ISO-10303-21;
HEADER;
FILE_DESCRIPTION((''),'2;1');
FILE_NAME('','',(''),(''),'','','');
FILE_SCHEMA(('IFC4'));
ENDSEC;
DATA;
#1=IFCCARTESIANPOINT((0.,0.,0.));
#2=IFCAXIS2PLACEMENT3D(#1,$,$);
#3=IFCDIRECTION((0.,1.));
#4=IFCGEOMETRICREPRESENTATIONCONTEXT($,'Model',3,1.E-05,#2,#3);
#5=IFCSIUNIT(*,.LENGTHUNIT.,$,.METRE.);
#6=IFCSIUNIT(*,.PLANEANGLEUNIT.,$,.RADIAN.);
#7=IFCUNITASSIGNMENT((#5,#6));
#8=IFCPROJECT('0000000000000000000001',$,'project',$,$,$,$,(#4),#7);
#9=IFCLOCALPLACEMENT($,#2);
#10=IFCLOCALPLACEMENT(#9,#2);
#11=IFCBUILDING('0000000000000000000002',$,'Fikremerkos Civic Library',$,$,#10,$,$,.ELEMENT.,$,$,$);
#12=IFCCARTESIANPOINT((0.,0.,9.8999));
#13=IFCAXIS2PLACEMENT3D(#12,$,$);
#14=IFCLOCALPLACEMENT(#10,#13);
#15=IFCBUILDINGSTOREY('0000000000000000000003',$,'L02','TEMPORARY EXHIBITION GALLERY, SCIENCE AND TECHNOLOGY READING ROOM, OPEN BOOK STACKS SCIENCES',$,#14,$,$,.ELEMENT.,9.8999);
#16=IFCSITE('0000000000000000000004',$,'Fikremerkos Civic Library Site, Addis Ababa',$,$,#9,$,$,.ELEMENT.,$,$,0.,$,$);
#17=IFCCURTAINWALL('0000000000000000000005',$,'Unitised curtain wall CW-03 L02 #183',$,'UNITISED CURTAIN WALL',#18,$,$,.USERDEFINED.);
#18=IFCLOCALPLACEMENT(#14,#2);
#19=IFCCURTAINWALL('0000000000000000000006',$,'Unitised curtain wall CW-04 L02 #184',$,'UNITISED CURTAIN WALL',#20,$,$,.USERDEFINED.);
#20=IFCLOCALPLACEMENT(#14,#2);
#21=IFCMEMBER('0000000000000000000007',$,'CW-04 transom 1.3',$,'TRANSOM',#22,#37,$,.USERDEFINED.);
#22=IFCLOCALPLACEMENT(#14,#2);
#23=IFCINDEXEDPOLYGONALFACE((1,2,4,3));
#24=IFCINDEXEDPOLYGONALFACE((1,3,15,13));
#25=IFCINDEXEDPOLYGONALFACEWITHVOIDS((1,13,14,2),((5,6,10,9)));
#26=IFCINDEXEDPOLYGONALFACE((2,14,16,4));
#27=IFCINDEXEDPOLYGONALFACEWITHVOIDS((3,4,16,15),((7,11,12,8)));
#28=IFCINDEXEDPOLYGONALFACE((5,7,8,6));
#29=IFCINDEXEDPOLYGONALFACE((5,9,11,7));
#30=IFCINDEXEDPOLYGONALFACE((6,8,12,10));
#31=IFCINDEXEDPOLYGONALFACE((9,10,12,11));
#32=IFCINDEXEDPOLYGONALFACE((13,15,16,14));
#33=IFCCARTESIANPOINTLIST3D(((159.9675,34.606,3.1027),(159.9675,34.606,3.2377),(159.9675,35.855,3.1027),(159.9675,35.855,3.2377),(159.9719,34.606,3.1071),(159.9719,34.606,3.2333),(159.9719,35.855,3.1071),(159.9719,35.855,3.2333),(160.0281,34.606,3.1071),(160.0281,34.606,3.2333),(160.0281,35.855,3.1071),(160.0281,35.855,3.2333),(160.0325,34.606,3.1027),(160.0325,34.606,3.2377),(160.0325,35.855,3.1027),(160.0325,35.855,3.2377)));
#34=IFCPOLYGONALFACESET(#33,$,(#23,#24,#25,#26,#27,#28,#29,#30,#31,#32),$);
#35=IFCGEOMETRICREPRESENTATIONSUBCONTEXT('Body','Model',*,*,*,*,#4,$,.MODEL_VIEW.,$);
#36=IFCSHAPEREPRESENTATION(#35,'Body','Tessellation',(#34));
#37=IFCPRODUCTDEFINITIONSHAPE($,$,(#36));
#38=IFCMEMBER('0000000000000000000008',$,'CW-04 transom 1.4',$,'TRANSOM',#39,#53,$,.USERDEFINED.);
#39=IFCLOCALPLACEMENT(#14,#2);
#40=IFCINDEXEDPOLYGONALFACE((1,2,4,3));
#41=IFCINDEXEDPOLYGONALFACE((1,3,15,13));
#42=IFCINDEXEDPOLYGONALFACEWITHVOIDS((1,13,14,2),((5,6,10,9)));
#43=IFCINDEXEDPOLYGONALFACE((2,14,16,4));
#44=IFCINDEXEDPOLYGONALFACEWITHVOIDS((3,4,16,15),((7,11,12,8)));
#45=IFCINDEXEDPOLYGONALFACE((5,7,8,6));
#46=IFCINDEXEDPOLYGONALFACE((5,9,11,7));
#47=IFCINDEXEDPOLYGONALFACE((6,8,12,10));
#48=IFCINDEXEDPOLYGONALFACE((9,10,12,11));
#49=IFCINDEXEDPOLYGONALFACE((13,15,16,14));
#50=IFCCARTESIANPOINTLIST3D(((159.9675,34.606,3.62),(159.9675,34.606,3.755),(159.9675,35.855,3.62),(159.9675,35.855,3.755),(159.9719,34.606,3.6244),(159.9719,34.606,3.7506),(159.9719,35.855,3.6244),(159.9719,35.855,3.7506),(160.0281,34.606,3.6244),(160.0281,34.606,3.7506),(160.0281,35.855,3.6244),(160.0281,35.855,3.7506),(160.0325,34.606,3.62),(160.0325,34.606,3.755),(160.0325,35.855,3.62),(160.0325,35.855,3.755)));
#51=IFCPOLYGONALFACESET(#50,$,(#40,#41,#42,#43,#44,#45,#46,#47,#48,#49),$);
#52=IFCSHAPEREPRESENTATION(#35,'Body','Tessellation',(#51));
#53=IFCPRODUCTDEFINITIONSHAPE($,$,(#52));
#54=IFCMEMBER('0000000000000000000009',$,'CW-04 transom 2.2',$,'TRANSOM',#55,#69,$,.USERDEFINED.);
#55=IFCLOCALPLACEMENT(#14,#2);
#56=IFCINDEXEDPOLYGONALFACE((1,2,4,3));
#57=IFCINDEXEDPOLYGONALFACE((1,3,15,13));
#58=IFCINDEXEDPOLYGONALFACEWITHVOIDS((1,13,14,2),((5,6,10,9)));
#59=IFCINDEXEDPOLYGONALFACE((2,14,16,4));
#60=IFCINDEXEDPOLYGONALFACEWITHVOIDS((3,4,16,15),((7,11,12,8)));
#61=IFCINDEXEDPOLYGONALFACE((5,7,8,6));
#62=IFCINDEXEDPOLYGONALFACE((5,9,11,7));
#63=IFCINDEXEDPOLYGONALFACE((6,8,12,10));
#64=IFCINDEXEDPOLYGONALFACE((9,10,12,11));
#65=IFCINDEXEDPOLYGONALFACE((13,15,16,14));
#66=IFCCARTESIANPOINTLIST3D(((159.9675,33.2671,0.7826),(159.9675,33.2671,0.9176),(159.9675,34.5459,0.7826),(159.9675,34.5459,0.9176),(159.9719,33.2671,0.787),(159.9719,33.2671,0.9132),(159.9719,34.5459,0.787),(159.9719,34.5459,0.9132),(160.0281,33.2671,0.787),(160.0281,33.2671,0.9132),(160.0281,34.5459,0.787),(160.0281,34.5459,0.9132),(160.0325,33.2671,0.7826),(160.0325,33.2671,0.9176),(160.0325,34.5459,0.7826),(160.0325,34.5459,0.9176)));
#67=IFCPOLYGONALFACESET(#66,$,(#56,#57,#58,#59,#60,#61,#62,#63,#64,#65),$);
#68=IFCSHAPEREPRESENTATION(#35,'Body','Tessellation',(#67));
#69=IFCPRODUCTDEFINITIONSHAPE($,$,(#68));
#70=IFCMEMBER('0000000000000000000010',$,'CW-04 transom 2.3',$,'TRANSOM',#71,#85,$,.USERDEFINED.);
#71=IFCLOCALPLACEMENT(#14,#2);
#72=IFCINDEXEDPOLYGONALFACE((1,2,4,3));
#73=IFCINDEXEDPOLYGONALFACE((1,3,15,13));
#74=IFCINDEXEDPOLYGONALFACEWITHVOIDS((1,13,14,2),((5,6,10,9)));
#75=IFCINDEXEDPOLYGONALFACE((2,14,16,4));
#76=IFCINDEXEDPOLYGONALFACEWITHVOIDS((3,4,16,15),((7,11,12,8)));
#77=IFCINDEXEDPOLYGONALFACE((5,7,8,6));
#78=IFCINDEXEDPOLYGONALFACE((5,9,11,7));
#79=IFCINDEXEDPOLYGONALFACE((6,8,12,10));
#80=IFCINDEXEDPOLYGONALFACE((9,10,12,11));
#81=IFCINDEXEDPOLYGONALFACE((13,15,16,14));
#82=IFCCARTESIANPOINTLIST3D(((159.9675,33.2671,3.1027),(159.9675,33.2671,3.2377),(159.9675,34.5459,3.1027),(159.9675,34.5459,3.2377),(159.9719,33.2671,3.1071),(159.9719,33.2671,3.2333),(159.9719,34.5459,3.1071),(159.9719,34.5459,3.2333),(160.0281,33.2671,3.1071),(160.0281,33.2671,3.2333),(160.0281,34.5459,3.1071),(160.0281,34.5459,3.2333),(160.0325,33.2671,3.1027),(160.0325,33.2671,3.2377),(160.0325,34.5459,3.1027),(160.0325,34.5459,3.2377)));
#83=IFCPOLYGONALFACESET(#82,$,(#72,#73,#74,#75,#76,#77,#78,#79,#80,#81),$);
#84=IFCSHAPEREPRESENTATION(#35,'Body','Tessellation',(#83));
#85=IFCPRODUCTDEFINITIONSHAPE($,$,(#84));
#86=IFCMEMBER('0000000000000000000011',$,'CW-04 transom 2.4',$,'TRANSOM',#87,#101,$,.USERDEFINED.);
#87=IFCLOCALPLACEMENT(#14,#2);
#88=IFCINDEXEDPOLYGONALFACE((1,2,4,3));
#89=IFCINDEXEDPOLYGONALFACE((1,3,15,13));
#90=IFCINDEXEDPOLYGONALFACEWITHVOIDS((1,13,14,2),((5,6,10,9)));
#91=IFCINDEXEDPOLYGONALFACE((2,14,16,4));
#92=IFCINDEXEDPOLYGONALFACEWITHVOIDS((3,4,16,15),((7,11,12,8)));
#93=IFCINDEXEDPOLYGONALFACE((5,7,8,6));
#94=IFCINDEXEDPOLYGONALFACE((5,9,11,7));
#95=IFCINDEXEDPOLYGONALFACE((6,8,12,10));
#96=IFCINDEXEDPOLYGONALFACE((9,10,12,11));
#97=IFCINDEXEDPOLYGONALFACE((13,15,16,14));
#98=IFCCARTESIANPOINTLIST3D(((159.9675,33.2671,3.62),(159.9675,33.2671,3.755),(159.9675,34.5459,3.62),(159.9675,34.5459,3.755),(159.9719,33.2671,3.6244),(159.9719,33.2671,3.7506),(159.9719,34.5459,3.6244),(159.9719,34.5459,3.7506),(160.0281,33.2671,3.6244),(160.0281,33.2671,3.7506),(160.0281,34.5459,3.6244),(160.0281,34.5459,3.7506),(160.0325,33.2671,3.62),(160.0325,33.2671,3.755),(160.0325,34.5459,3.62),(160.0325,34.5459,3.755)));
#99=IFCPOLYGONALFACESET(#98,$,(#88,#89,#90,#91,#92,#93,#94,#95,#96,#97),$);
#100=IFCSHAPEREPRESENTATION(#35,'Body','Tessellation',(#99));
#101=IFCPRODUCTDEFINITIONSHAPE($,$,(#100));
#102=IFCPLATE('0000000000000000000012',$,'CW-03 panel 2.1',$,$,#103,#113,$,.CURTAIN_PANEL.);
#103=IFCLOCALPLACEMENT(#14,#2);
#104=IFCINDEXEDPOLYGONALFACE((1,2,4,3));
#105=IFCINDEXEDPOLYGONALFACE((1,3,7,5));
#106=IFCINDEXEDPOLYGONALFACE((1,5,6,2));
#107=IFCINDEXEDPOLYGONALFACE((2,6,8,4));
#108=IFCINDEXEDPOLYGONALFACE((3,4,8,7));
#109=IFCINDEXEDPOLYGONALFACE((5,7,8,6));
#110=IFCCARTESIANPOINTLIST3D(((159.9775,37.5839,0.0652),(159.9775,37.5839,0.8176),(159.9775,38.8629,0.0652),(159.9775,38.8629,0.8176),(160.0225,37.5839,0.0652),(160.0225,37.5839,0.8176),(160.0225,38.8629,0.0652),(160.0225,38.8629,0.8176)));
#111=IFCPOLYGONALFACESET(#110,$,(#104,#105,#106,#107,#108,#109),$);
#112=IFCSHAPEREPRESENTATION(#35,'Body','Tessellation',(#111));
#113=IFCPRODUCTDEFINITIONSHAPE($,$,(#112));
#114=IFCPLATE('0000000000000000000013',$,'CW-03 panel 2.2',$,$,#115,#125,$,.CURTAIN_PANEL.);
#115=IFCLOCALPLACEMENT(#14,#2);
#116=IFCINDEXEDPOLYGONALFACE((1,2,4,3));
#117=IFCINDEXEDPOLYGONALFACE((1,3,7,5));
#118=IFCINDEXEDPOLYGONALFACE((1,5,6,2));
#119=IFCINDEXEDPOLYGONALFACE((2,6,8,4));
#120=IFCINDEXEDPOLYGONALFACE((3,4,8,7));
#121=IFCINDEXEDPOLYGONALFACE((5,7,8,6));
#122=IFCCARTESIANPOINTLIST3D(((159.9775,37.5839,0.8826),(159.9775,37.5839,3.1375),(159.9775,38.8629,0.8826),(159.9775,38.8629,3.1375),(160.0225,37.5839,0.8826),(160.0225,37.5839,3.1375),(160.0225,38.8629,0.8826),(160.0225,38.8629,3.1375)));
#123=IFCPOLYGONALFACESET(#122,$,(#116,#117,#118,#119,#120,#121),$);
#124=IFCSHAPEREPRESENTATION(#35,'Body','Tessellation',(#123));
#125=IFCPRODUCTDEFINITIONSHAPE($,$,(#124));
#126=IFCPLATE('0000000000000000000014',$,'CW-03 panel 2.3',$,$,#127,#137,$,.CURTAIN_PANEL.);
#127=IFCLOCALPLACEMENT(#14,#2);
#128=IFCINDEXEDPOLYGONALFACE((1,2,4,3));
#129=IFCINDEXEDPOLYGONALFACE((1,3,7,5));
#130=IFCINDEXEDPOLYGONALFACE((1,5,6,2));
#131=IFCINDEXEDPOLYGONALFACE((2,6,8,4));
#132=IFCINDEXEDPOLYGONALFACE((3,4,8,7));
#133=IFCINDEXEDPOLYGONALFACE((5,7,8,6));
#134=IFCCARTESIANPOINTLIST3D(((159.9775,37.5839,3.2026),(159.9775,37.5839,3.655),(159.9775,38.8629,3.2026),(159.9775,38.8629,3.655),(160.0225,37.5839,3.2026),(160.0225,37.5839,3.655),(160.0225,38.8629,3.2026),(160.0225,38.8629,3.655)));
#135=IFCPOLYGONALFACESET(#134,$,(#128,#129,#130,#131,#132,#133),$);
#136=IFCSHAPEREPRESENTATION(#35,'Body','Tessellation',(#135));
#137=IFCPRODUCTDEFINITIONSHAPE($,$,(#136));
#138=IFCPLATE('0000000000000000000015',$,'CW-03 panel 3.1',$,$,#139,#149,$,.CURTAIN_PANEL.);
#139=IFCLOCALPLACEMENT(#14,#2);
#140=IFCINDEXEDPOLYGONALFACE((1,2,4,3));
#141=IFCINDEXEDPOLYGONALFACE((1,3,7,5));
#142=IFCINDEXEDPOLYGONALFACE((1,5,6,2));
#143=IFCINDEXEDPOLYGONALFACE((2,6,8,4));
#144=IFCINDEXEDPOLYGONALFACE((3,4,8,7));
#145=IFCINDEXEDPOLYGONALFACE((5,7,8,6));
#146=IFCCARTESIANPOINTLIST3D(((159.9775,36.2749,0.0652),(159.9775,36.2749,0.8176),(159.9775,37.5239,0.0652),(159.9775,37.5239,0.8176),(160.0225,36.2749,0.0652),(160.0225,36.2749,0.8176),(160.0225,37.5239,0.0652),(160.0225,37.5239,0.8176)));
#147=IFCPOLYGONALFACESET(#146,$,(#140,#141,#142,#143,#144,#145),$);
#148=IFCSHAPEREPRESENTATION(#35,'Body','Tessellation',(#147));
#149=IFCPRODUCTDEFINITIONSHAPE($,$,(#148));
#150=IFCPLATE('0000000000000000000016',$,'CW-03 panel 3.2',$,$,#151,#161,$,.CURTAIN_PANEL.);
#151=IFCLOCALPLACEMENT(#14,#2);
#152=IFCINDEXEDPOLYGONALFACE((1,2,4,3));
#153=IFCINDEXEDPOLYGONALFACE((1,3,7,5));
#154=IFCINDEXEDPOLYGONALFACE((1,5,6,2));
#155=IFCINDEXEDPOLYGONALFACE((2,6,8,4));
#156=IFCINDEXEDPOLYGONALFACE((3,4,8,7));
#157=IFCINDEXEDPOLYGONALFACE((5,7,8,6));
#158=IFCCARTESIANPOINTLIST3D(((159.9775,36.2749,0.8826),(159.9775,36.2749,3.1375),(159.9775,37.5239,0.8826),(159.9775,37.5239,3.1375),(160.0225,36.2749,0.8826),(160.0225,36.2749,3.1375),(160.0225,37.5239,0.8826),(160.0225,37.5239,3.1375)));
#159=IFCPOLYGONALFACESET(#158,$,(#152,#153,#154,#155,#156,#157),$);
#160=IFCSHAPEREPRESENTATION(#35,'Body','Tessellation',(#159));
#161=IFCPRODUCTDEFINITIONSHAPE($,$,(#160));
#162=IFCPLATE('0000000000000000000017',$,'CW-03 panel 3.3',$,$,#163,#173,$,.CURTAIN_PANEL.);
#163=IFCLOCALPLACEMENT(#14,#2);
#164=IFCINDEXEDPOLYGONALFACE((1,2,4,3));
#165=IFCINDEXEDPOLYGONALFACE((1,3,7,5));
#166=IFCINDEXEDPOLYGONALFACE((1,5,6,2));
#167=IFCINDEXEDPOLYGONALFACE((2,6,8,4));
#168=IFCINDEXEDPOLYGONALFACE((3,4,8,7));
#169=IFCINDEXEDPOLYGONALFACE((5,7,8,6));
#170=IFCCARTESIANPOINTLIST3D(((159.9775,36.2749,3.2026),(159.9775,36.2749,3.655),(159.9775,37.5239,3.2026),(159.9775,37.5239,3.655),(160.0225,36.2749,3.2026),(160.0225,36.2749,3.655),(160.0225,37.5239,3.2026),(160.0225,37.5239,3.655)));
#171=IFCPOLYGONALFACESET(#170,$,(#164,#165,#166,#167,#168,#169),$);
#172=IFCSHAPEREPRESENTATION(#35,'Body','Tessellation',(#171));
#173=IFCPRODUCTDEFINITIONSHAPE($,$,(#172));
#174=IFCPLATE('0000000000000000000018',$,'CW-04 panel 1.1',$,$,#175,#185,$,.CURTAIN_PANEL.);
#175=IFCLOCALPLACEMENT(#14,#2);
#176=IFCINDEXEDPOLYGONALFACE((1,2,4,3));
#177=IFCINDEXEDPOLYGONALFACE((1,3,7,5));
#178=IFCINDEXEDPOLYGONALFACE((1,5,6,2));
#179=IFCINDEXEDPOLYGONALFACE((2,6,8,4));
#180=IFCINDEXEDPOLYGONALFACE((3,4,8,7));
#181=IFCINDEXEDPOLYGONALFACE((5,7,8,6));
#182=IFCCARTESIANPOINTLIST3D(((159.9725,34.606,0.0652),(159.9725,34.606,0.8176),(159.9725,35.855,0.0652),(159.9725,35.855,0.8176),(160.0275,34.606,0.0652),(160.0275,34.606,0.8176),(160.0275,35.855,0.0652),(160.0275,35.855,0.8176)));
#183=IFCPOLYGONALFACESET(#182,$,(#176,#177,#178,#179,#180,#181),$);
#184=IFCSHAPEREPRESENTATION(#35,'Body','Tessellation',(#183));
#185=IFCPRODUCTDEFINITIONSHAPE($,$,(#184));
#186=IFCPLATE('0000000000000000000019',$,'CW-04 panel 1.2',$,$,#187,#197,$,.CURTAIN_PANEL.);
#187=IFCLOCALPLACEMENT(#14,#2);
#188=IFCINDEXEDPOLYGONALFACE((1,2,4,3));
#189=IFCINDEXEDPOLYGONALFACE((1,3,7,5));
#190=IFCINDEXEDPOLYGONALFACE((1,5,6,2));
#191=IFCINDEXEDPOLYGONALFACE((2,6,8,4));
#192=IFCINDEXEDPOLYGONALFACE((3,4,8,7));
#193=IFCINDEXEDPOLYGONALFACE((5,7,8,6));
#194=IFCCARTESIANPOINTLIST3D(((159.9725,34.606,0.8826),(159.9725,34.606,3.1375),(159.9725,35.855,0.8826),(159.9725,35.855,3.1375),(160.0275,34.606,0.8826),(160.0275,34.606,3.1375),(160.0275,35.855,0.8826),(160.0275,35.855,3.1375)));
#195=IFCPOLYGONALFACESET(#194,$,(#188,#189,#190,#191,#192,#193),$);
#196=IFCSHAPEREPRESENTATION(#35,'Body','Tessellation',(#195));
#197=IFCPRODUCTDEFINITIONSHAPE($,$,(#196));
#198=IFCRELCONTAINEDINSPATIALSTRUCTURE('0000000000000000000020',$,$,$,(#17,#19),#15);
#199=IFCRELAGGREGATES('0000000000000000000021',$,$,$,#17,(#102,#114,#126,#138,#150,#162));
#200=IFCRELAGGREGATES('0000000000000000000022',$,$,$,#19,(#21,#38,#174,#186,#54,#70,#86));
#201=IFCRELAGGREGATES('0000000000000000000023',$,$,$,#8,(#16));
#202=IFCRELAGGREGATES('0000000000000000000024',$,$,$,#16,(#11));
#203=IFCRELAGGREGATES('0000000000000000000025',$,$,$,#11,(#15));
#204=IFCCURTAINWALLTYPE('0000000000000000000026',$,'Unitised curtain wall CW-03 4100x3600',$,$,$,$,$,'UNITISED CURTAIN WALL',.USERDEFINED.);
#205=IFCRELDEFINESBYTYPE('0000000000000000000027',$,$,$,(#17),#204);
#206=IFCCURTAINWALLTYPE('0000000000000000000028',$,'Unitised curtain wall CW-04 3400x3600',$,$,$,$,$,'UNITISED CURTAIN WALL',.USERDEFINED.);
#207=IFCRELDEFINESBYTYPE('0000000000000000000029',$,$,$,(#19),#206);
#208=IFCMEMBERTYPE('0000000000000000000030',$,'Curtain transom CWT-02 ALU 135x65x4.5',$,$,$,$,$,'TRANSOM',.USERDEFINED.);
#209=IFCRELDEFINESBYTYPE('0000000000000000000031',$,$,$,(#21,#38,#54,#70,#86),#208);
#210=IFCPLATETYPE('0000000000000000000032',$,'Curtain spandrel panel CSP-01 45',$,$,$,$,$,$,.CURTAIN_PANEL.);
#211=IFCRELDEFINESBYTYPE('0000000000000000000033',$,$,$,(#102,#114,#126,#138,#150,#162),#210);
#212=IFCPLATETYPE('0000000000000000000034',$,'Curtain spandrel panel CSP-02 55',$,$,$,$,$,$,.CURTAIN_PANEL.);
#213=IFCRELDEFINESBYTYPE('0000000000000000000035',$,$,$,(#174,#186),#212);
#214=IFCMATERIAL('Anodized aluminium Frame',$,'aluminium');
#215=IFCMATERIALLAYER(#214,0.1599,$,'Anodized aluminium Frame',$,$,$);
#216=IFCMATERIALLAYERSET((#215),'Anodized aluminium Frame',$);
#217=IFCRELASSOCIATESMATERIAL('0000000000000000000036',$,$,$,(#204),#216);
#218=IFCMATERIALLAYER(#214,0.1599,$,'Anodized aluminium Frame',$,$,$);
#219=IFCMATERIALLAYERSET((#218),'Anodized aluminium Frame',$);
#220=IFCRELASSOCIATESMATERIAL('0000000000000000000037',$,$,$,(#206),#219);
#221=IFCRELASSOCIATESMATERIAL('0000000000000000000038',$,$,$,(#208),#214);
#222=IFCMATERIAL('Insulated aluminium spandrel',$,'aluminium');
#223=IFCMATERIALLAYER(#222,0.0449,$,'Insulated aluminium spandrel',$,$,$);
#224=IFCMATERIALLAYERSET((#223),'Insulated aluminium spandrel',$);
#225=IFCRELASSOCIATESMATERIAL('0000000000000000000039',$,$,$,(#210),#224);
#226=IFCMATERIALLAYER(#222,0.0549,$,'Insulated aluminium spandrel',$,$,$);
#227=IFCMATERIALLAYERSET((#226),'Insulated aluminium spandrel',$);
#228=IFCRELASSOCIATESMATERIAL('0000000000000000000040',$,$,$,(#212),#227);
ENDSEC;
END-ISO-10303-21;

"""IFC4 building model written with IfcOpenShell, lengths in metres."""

from ifc_helpers import new_model, si_unit, direction, frame, origin, origin_2d, place, context, subcontext, project, spatial, rectangle, hollow_rectangle, extrude, material, layer, layer_set, material_profile, profile_set, type_object, element, aggregate, save


model = new_model("IFC4")

# Units and contexts
model_context = context("Model", 3, precision=1e-05, world=origin(), true_north=direction((0.0, 1.0)))
body_context = subcontext(model_context, "Body", "Model", "MODEL_VIEW")
ifc_project = project(units=[si_unit("LENGTHUNIT", "METRE"), si_unit("PLANEANGLEUNIT", "RADIAN")], contexts=[model_context])

# Site, building, storey
site_placement = place(None, origin())
site = spatial("IfcSite", under=ifc_project, at=site_placement, Name="Fikremerkos Civic Library Site, Addis Ababa", CompositionType="ELEMENT", RefElevation=0.0)
building_placement = place(site_placement, origin())
building = spatial("IfcBuilding", under=site, at=building_placement, Name="Fikremerkos Civic Library", CompositionType="ELEMENT")
storey_placement = place(building_placement, frame((0.0, 0.0, 9.8999)))
storey = spatial("IfcBuildingStorey", under=building, at=storey_placement, Name="L02", Description="TEMPORARY EXHIBITION GALLERY, SCIENCE AND TECHNOLOGY READING ROOM, OPEN BOOK STACKS SCIENCES", CompositionType="ELEMENT", Elevation=9.8999)

# Curtain walls
ifc_material_1 = material(Name="Anodized aluminium Frame", Category="aluminium")
ifc_layer_1 = layer(ifc_material_1, 0.1599, Name="Anodized aluminium Frame")
ifc_layer_set_1 = layer_set([ifc_layer_1], Name="Anodized aluminium Frame")
curtain_wall_type_1 = type_object("IfcCurtainWallType", Name="Unitised curtain wall CW-03 4100x3600", ElementType="UNITISED CURTAIN WALL", PredefinedType="USERDEFINED", material=ifc_layer_set_1)
curtain_wall_1_placement = place(storey_placement, origin())
curtain_wall_1 = element("IfcCurtainWall", 1, at=curtain_wall_1_placement, inside=storey, type_object=curtain_wall_type_1, Name="Unitised curtain wall CW-03 L02 #183", ObjectType="UNITISED CURTAIN WALL", PredefinedType="USERDEFINED")
ifc_layer_2 = layer(ifc_material_1, 0.1599, Name="Anodized aluminium Frame")
ifc_layer_set_2 = layer_set([ifc_layer_2], Name="Anodized aluminium Frame")
curtain_wall_type_2 = type_object("IfcCurtainWallType", Name="Unitised curtain wall CW-04 3400x3600", ElementType="UNITISED CURTAIN WALL", PredefinedType="USERDEFINED", material=ifc_layer_set_2)
curtain_wall_2_placement = place(storey_placement, origin())
curtain_wall_2 = element("IfcCurtainWall", 2, at=curtain_wall_2_placement, inside=storey, type_object=curtain_wall_type_2, Name="Unitised curtain wall CW-04 L02 #184", ObjectType="UNITISED CURTAIN WALL", PredefinedType="USERDEFINED")

# Members
ifc_material_profile_1 = material_profile(ifc_material_1, hollow_rectangle(XDim=0.0649, YDim=0.135, WallThickness=0.0044, at=origin_2d()), Name="ALU 135x65x4.5")
ifc_profile_set_1 = profile_set([ifc_material_profile_1], Name="Anodized aluminium Frame")
member_type_1 = type_object("IfcMemberType", Name="Curtain transom CWT-02 ALU 135x65x4.5", ElementType="TRANSOM", PredefinedType="USERDEFINED", material=ifc_profile_set_1)
member_1_placement = place(storey_placement, frame((160.0, 35.855, 3.1702), z_axis=(0.0, -1.0, 0.0), x_axis=(1.0, 0.0, 0.0)))
member_1 = element("IfcMember", 3, at=member_1_placement, type_object=member_type_1, Name="CW-04 transom 1.3", ObjectType="TRANSOM", PredefinedType="USERDEFINED", context=body_context, shape_type="SweptSolid", body=[
    extrude(hollow_rectangle(XDim=0.0649, YDim=0.135, WallThickness=0.0044, at=origin_2d()), origin(), (0.0, 0.0, 1.0), 1.249),
])
member_2_placement = place(storey_placement, frame((160.0, 35.855, 3.6875), z_axis=(0.0, -1.0, 0.0), x_axis=(1.0, 0.0, 0.0)))
member_2 = element("IfcMember", 4, at=member_2_placement, type_object=member_type_1, Name="CW-04 transom 1.4", ObjectType="TRANSOM", PredefinedType="USERDEFINED", context=body_context, shape_type="SweptSolid", body=[
    extrude(hollow_rectangle(XDim=0.0649, YDim=0.135, WallThickness=0.0044, at=origin_2d()), origin(), (0.0, 0.0, 1.0), 1.249),
])
member_3_placement = place(storey_placement, frame((160.0, 34.5459, 0.8501), z_axis=(0.0, -1.0, 0.0), x_axis=(1.0, 0.0, 0.0)))
member_3 = element("IfcMember", 5, at=member_3_placement, type_object=member_type_1, Name="CW-04 transom 2.2", ObjectType="TRANSOM", PredefinedType="USERDEFINED", context=body_context, shape_type="SweptSolid", body=[
    extrude(hollow_rectangle(XDim=0.0649, YDim=0.135, WallThickness=0.0044, at=origin_2d()), origin(), (0.0, 0.0, 1.0), 1.2788),
])
member_4_placement = place(storey_placement, frame((160.0, 34.5459, 3.1702), z_axis=(0.0, -1.0, 0.0), x_axis=(1.0, 0.0, 0.0)))
member_4 = element("IfcMember", 6, at=member_4_placement, type_object=member_type_1, Name="CW-04 transom 2.3", ObjectType="TRANSOM", PredefinedType="USERDEFINED", context=body_context, shape_type="SweptSolid", body=[
    extrude(hollow_rectangle(XDim=0.0649, YDim=0.135, WallThickness=0.0044, at=origin_2d()), origin(), (0.0, 0.0, 1.0), 1.2788),
])
member_5_placement = place(storey_placement, frame((160.0, 34.5459, 3.6875), z_axis=(0.0, -1.0, 0.0), x_axis=(1.0, 0.0, 0.0)))
member_5 = element("IfcMember", 7, at=member_5_placement, type_object=member_type_1, Name="CW-04 transom 2.4", ObjectType="TRANSOM", PredefinedType="USERDEFINED", context=body_context, shape_type="SweptSolid", body=[
    extrude(hollow_rectangle(XDim=0.0649, YDim=0.135, WallThickness=0.0044, at=origin_2d()), origin(), (0.0, 0.0, 1.0), 1.2788),
])

# Plates
ifc_material_2 = material(Name="Insulated aluminium spandrel", Category="aluminium")
ifc_layer_3 = layer(ifc_material_2, 0.0449, Name="Insulated aluminium spandrel")
ifc_layer_set_3 = layer_set([ifc_layer_3], Name="Insulated aluminium spandrel")
plate_type_1 = type_object("IfcPlateType", Name="Curtain spandrel panel CSP-01 45", PredefinedType="CURTAIN_PANEL", material=ifc_layer_set_3)
plate_1_placement = place(storey_placement, frame((160.0, 38.2234, 0.0652), z_axis=(0.0, 0.0, 1.0), x_axis=(0.0, -1.0, 0.0)))
plate_1 = element("IfcPlate", 8, at=plate_1_placement, type_object=plate_type_1, Name="CW-03 panel 2.1", PredefinedType="CURTAIN_PANEL", context=body_context, shape_type="SweptSolid", body=[
    extrude(rectangle(XDim=1.2791, YDim=0.0449, at=origin_2d()), origin(), (0.0, 0.0, 1.0), 0.7524),
])
plate_2_placement = place(storey_placement, frame((160.0, 38.2234, 0.8826), z_axis=(0.0, 0.0, 1.0), x_axis=(0.0, -1.0, 0.0)))
plate_2 = element("IfcPlate", 9, at=plate_2_placement, type_object=plate_type_1, Name="CW-03 panel 2.2", PredefinedType="CURTAIN_PANEL", context=body_context, shape_type="SweptSolid", body=[
    extrude(rectangle(XDim=1.2791, YDim=0.0449, at=origin_2d()), origin(), (0.0, 0.0, 1.0), 2.2549),
])
plate_3_placement = place(storey_placement, frame((160.0, 38.2234, 3.2026), z_axis=(0.0, 0.0, 1.0), x_axis=(0.0, -1.0, 0.0)))
plate_3 = element("IfcPlate", 10, at=plate_3_placement, type_object=plate_type_1, Name="CW-03 panel 2.3", PredefinedType="CURTAIN_PANEL", context=body_context, shape_type="SweptSolid", body=[
    extrude(rectangle(XDim=1.2791, YDim=0.0449, at=origin_2d()), origin(), (0.0, 0.0, 1.0), 0.4524),
])
plate_4_placement = place(storey_placement, frame((160.0, 36.8994, 0.0652), z_axis=(0.0, 0.0, 1.0), x_axis=(0.0, -1.0, 0.0)))
plate_4 = element("IfcPlate", 11, at=plate_4_placement, type_object=plate_type_1, Name="CW-03 panel 3.1", PredefinedType="CURTAIN_PANEL", context=body_context, shape_type="SweptSolid", body=[
    extrude(rectangle(XDim=1.249, YDim=0.0449, at=origin_2d()), origin(), (0.0, 0.0, 1.0), 0.7524),
])
plate_5_placement = place(storey_placement, frame((160.0, 36.8994, 0.8826), z_axis=(0.0, 0.0, 1.0), x_axis=(0.0, -1.0, 0.0)))
plate_5 = element("IfcPlate", 12, at=plate_5_placement, type_object=plate_type_1, Name="CW-03 panel 3.2", PredefinedType="CURTAIN_PANEL", context=body_context, shape_type="SweptSolid", body=[
    extrude(rectangle(XDim=1.249, YDim=0.0449, at=origin_2d()), origin(), (0.0, 0.0, 1.0), 2.2549),
])
plate_6_placement = place(storey_placement, frame((160.0, 36.8994, 3.2026), z_axis=(0.0, 0.0, 1.0), x_axis=(0.0, -1.0, 0.0)))
plate_6 = element("IfcPlate", 13, at=plate_6_placement, type_object=plate_type_1, Name="CW-03 panel 3.3", PredefinedType="CURTAIN_PANEL", context=body_context, shape_type="SweptSolid", body=[
    extrude(rectangle(XDim=1.249, YDim=0.0449, at=origin_2d()), origin(), (0.0, 0.0, 1.0), 0.4524),
])
aggregate(curtain_wall_1, [plate_1, plate_2, plate_3, plate_4, plate_5, plate_6])
ifc_layer_4 = layer(ifc_material_2, 0.0549, Name="Insulated aluminium spandrel")
ifc_layer_set_4 = layer_set([ifc_layer_4], Name="Insulated aluminium spandrel")
plate_type_2 = type_object("IfcPlateType", Name="Curtain spandrel panel CSP-02 55", PredefinedType="CURTAIN_PANEL", material=ifc_layer_set_4)
plate_7_placement = place(storey_placement, frame((160.0, 35.2305, 0.0652), z_axis=(0.0, 0.0, 1.0), x_axis=(0.0, -1.0, 0.0)))
plate_7 = element("IfcPlate", 14, at=plate_7_placement, type_object=plate_type_2, Name="CW-04 panel 1.1", PredefinedType="CURTAIN_PANEL", context=body_context, shape_type="SweptSolid", body=[
    extrude(rectangle(XDim=1.249, YDim=0.0549, at=origin_2d()), origin(), (0.0, 0.0, 1.0), 0.7524),
])
plate_8_placement = place(storey_placement, frame((160.0, 35.2305, 0.8826), z_axis=(0.0, 0.0, 1.0), x_axis=(0.0, -1.0, 0.0)))
plate_8 = element("IfcPlate", 15, at=plate_8_placement, type_object=plate_type_2, Name="CW-04 panel 1.2", PredefinedType="CURTAIN_PANEL", context=body_context, shape_type="SweptSolid", body=[
    extrude(rectangle(XDim=1.249, YDim=0.0549, at=origin_2d()), origin(), (0.0, 0.0, 1.0), 2.2549),
])
aggregate(curtain_wall_2, [member_1, member_2, plate_7, plate_8, member_3, member_4, member_5])

save(model, "model.ifc")
